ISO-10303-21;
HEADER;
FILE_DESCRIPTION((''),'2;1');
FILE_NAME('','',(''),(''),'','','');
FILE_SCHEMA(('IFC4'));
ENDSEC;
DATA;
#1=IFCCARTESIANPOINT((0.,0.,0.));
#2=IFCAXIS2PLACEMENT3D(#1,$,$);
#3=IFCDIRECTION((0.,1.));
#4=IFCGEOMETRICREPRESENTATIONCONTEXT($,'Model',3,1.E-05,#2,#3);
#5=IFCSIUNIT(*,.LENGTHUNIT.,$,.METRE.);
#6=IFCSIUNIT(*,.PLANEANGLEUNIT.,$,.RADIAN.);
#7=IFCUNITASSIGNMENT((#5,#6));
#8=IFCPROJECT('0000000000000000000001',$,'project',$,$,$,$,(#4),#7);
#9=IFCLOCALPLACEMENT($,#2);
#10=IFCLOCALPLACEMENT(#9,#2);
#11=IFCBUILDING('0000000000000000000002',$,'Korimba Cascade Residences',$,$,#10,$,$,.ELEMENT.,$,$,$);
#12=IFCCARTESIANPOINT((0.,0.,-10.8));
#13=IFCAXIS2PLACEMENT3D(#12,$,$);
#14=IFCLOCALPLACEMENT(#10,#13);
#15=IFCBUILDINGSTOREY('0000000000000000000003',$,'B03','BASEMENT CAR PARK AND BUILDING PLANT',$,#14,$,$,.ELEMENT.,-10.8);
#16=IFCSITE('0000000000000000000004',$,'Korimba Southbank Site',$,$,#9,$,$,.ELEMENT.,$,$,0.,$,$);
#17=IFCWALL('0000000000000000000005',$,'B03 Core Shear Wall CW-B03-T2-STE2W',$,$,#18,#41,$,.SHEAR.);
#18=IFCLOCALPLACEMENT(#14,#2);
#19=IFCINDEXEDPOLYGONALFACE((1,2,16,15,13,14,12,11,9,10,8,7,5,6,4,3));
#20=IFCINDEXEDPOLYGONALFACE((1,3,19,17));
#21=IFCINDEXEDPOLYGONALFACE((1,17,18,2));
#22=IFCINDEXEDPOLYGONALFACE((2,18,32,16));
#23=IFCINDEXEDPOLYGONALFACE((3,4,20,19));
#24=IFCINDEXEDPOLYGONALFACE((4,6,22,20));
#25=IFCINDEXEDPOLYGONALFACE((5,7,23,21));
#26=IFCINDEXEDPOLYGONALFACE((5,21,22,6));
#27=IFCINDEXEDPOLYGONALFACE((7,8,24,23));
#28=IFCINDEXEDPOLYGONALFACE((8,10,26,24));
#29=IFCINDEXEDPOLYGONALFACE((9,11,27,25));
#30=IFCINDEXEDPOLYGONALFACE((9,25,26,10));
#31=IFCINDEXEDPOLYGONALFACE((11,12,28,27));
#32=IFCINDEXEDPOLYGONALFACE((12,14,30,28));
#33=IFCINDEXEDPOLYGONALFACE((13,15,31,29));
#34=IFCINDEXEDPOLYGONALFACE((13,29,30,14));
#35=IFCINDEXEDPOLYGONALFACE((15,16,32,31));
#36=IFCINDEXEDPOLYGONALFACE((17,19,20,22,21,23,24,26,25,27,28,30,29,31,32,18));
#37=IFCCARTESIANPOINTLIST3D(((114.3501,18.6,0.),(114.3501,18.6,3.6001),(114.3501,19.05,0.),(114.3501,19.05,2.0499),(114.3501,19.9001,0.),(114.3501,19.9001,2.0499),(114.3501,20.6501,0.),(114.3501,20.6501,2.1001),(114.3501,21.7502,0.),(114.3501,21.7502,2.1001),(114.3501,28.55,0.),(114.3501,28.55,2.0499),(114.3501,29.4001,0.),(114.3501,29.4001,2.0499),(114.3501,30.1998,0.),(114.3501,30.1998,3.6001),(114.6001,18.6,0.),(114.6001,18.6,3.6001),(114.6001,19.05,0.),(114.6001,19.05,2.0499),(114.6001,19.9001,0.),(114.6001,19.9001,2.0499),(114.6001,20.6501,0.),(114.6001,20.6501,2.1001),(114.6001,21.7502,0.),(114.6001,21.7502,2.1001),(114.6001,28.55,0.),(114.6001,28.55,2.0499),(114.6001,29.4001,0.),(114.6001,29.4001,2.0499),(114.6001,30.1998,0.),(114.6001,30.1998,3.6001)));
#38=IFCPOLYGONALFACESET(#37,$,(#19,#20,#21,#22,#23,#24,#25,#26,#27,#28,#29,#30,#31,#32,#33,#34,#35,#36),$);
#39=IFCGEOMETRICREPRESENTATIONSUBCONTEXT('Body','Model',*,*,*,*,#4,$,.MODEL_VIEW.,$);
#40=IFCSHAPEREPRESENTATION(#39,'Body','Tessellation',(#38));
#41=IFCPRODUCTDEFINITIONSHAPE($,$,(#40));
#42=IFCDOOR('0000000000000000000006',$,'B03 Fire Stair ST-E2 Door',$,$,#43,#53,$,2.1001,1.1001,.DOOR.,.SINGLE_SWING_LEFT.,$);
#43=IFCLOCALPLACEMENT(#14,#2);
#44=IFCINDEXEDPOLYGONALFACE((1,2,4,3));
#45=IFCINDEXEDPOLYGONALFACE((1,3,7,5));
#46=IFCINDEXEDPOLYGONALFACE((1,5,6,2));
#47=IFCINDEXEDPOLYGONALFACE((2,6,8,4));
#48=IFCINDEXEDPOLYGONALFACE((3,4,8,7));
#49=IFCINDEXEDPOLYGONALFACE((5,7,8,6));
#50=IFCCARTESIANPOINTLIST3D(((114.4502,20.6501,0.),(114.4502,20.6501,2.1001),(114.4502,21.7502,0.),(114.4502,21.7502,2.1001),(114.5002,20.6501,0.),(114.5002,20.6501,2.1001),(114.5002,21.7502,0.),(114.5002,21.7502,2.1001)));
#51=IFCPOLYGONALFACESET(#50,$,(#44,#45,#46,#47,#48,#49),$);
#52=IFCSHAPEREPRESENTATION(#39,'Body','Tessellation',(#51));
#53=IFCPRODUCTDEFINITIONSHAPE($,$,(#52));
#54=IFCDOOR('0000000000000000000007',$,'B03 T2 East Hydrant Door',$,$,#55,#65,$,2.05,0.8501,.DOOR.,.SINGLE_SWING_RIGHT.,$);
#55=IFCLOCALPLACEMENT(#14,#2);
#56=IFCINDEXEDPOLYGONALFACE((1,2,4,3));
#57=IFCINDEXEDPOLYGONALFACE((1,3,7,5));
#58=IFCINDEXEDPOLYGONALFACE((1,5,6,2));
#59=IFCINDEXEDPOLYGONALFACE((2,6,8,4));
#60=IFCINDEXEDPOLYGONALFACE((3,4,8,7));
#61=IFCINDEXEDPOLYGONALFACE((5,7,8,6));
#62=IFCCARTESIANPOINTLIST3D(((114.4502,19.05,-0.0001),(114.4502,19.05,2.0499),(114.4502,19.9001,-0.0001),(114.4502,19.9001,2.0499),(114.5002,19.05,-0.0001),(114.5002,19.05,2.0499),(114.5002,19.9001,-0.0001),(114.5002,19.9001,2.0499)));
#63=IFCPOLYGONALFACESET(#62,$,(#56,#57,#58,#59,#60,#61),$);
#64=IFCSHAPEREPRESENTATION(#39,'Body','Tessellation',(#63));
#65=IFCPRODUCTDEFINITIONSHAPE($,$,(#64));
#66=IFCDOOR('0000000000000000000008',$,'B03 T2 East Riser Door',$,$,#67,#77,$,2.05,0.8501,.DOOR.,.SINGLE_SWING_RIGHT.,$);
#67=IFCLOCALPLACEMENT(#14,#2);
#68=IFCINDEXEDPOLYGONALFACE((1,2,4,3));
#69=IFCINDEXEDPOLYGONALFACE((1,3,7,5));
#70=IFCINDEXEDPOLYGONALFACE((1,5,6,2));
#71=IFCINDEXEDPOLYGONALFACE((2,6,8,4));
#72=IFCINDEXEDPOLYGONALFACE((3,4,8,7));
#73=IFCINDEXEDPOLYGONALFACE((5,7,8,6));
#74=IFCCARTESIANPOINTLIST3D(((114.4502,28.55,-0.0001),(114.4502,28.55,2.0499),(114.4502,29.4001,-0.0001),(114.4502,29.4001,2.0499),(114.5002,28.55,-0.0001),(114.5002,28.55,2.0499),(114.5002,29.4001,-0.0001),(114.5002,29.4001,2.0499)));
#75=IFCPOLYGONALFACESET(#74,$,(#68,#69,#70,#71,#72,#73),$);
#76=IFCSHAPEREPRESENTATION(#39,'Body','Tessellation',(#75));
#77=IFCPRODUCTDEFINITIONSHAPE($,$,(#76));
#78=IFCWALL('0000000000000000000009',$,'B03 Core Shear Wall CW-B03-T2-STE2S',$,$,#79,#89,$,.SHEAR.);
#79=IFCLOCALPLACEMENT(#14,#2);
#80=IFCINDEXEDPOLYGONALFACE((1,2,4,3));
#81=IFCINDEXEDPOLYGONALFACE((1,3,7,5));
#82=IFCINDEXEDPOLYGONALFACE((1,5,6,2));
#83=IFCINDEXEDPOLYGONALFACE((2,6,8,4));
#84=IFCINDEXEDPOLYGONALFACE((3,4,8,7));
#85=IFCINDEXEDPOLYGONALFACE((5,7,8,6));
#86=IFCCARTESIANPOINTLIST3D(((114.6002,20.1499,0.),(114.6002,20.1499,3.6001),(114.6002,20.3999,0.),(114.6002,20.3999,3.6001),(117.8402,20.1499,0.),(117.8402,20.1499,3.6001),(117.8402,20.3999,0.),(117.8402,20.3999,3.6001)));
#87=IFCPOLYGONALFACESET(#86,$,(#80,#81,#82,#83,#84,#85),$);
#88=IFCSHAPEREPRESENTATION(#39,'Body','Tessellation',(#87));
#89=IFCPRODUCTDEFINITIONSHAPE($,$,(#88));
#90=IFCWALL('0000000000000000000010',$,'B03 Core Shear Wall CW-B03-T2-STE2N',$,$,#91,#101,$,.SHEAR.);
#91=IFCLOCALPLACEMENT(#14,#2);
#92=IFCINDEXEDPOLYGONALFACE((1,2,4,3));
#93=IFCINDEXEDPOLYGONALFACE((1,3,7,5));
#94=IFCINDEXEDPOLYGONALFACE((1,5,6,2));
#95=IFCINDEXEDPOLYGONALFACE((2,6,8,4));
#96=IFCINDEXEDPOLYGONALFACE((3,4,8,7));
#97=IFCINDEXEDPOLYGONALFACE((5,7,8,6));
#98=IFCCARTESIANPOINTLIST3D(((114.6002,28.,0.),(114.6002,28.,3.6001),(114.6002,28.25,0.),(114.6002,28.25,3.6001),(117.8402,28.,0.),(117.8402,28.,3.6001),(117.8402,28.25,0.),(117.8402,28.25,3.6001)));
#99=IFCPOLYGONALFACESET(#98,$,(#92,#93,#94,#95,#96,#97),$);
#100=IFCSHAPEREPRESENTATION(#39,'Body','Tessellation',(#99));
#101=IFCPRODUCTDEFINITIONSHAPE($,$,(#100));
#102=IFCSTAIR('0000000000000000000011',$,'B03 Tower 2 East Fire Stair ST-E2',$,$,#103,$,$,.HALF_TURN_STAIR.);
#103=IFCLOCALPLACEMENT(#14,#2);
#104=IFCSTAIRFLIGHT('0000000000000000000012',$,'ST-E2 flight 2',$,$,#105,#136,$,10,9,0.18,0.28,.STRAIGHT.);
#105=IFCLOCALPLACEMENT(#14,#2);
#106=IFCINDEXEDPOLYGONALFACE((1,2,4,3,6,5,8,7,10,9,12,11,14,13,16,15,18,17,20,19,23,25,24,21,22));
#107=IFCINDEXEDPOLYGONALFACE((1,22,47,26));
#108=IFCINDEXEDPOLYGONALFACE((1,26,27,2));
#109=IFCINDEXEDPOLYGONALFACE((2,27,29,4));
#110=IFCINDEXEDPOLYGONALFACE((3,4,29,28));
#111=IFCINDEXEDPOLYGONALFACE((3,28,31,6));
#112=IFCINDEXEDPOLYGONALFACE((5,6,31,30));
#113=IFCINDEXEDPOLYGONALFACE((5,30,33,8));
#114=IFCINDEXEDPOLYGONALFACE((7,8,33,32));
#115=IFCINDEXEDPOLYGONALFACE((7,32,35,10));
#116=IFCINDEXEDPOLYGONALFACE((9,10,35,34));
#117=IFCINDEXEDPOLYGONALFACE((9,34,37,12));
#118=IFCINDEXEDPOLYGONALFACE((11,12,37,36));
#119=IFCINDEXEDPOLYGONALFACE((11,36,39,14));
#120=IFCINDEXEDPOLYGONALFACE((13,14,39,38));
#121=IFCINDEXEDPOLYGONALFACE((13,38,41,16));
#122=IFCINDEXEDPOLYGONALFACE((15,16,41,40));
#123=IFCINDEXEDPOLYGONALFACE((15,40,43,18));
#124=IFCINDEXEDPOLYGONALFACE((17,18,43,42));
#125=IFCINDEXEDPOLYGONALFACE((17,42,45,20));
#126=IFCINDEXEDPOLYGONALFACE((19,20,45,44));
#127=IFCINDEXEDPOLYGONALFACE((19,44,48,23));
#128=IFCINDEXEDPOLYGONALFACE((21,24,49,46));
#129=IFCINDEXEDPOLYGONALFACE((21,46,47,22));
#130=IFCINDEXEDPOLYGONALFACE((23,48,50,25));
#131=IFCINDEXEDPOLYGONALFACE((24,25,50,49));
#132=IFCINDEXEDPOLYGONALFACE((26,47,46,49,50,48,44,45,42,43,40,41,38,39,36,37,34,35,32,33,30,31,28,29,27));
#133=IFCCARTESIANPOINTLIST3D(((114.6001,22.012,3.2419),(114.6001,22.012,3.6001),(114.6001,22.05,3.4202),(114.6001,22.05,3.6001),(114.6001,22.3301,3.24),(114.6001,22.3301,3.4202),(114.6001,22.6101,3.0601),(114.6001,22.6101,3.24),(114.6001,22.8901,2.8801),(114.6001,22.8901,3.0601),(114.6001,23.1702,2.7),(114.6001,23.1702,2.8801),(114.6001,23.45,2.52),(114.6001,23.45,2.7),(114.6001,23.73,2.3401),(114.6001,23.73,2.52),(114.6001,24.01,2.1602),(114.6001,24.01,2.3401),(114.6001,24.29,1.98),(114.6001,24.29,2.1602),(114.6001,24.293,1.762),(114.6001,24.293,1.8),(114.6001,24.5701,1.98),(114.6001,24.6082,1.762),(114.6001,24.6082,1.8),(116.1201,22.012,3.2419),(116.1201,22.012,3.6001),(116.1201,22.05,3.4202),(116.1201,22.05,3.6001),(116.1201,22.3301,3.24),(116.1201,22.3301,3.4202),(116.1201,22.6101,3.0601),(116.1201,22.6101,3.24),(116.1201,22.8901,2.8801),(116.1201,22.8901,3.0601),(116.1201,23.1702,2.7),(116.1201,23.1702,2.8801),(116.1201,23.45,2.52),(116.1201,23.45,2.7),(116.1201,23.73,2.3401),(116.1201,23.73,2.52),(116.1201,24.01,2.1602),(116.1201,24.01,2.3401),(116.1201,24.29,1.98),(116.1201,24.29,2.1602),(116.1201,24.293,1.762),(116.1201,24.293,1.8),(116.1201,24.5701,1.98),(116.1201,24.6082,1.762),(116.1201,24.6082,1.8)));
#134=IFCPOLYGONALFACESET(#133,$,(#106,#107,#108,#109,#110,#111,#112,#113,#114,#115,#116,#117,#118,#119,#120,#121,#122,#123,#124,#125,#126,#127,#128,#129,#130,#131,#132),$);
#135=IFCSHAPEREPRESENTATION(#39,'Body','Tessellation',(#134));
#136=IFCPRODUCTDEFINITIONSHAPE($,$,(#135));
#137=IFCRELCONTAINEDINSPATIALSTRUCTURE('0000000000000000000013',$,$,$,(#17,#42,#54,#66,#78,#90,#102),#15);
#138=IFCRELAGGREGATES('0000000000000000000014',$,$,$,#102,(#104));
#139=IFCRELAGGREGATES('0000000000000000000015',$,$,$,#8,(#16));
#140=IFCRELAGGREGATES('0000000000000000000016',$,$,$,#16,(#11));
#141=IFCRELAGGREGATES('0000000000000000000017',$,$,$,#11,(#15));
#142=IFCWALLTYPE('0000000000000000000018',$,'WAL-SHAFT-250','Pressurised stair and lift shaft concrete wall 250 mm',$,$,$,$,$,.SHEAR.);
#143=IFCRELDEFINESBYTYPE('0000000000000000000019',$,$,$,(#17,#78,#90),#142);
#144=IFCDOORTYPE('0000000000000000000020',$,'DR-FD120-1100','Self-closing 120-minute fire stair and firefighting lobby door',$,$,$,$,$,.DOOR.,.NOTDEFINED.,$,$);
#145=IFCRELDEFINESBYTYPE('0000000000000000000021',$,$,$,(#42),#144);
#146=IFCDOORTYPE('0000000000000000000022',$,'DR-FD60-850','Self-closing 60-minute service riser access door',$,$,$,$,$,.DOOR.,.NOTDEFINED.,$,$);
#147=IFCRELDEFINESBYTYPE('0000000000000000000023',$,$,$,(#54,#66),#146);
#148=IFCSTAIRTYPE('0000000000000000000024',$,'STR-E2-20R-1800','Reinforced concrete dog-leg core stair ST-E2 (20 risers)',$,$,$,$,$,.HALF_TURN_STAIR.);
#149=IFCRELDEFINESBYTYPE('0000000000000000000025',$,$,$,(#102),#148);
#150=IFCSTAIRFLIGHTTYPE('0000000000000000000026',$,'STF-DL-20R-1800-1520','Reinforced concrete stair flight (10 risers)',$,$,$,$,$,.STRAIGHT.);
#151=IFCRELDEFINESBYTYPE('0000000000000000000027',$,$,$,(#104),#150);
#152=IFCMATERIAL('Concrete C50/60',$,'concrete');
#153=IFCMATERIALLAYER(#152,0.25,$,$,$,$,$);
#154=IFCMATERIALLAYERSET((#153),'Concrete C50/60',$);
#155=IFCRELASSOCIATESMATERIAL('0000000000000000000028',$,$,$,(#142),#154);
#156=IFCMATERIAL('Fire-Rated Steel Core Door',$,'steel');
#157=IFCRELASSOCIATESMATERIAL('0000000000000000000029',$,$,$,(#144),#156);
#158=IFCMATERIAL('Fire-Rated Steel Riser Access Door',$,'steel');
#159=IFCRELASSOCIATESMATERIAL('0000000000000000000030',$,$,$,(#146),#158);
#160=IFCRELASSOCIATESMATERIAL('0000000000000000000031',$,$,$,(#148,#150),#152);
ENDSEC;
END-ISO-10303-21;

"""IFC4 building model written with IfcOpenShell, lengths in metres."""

from ifc_helpers import new_model, si_unit, direction, frame, frame_2d, origin, place, context, subcontext, project, spatial, polyline, rectangle, outline, extrude, material, layer, layer_set, type_object, element, fill, aggregate, save


model = new_model("IFC4")

# Units and contexts
model_context = context("Model", 3, precision=1e-05, world=origin(), true_north=direction((0.0, 1.0)))
body_context = subcontext(model_context, "Body", "Model", "MODEL_VIEW")
ifc_project = project(units=[si_unit("LENGTHUNIT", "METRE"), si_unit("PLANEANGLEUNIT", "RADIAN")], contexts=[model_context])

# Site, building, storey
site_placement = place(None, origin())
site = spatial("IfcSite", under=ifc_project, at=site_placement, Name="Korimba Southbank Site", CompositionType="ELEMENT", RefElevation=0.0)
building_placement = place(site_placement, origin())
building = spatial("IfcBuilding", under=site, at=building_placement, Name="Korimba Cascade Residences", CompositionType="ELEMENT")
storey_placement = place(building_placement, frame((0.0, 0.0, -10.8)))
storey = spatial("IfcBuildingStorey", under=building, at=storey_placement, Name="B03", Description="BASEMENT CAR PARK AND BUILDING PLANT", CompositionType="ELEMENT", Elevation=-10.8)

# Shared definitions
ifc_material_1 = material(Name="Concrete C50/60", Category="concrete")

# Wall, openings, doors
ifc_layer_1 = layer(ifc_material_1, 0.25)
ifc_layer_set_1 = layer_set([ifc_layer_1], Name="Concrete C50/60")
wall_type_1 = type_object("IfcWallType", Name="WAL-SHAFT-250", Description="Pressurised stair and lift shaft concrete wall 250 mm", PredefinedType="SHEAR", material=ifc_layer_set_1)
wall_1_placement = place(storey_placement, frame((114.4751, 18.6001, 0.0), z_axis=(0.0, 0.0, 1.0), x_axis=(0.0, 1.0, 0.0)))
wall_1 = element("IfcWall", 1, at=wall_1_placement, inside=storey, type_object=wall_type_1, Name="B03 Core Shear Wall CW-B03-T2-STE2W", PredefinedType="SHEAR", context=body_context, shape_type="SweptSolid", body=[
    extrude(rectangle(XDim=11.5999, YDim=0.25, at=frame_2d((5.7998, 0.0))), origin(), (0.0, 0.0, 1.0), 3.6001),
])
opening_1_placement = place(wall_1_placement, frame((0.45, 0.0, 0.0)))
opening_1 = element("IfcOpeningElement", 2, at=opening_1_placement, cuts=wall_1, PredefinedType="OPENING", context=body_context, shape_type="SweptSolid", body=[
    extrude(rectangle(XDim=0.8501, YDim=2.05, at=frame_2d((0.425, 1.0249))), frame((0.0, 0.135, 0.0), z_axis=(0.0, -1.0, 0.0), x_axis=(1.0, 0.0, 0.0)), (0.0, 0.0, 1.0), 0.27),
])
opening_2_placement = place(wall_1_placement, frame((2.05, 0.0, 0.0)))
opening_2 = element("IfcOpeningElement", 3, at=opening_2_placement, cuts=wall_1, PredefinedType="OPENING", context=body_context, shape_type="SweptSolid", body=[
    extrude(rectangle(XDim=1.1001, YDim=2.1001, at=frame_2d((0.55, 1.05))), frame((0.0, 0.135, 0.0), z_axis=(0.0, -1.0, 0.0), x_axis=(1.0, 0.0, 0.0)), (0.0, 0.0, 1.0), 0.27),
])
opening_3_placement = place(wall_1_placement, frame((9.95, 0.0, 0.0)))
opening_3 = element("IfcOpeningElement", 4, at=opening_3_placement, cuts=wall_1, PredefinedType="OPENING", context=body_context, shape_type="SweptSolid", body=[
    extrude(rectangle(XDim=0.8501, YDim=2.05, at=frame_2d((0.425, 1.0249))), frame((0.0, 0.135, 0.0), z_axis=(0.0, -1.0, 0.0), x_axis=(1.0, 0.0, 0.0)), (0.0, 0.0, 1.0), 0.27),
])
ifc_material_2 = material(Name="Fire-Rated Steel Core Door", Category="steel")
door_type_1 = type_object("IfcDoorType", Name="DR-FD120-1100", Description="Self-closing 120-minute fire stair and firefighting lobby door", OperationType="NOTDEFINED", PredefinedType="DOOR", material=ifc_material_2)
door_1_placement = place(opening_2_placement, origin())
door_1 = element("IfcDoor", 5, at=door_1_placement, inside=storey, type_object=door_type_1, Name="B03 Fire Stair ST-E2 Door", OperationType="SINGLE_SWING_LEFT", OverallHeight=2.1001, OverallWidth=1.1001, PredefinedType="DOOR", context=body_context, shape_type="SweptSolid", body=[
    extrude(rectangle(XDim=1.1001, YDim=2.1001, at=frame_2d((0.55, 1.05))), frame((0.0, 0.0249, 0.0), z_axis=(0.0, -1.0, 0.0), x_axis=(1.0, 0.0, 0.0)), (0.0, 0.0, 1.0), 0.05),
])
fill(opening_2, door_1)
ifc_material_3 = material(Name="Fire-Rated Steel Riser Access Door", Category="steel")
door_type_2 = type_object("IfcDoorType", Name="DR-FD60-850", Description="Self-closing 60-minute service riser access door", OperationType="NOTDEFINED", PredefinedType="DOOR", material=ifc_material_3)
door_2_placement = place(opening_1_placement, origin())
door_2 = element("IfcDoor", 6, at=door_2_placement, inside=storey, type_object=door_type_2, Name="B03 T2 East Hydrant Door", OperationType="SINGLE_SWING_RIGHT", OverallHeight=2.05, OverallWidth=0.8501, PredefinedType="DOOR", context=body_context, shape_type="SweptSolid", body=[
    extrude(rectangle(XDim=0.8501, YDim=2.05, at=frame_2d((0.425, 1.0249))), frame((0.0, 0.0249, 0.0), z_axis=(0.0, -1.0, 0.0), x_axis=(1.0, 0.0, 0.0)), (0.0, 0.0, 1.0), 0.05),
])
fill(opening_1, door_2)
door_3_placement = place(opening_3_placement, origin())
door_3 = element("IfcDoor", 7, at=door_3_placement, inside=storey, type_object=door_type_2, Name="B03 T2 East Riser Door", OperationType="SINGLE_SWING_RIGHT", OverallHeight=2.05, OverallWidth=0.8501, PredefinedType="DOOR", context=body_context, shape_type="SweptSolid", body=[
    extrude(rectangle(XDim=0.8501, YDim=2.05, at=frame_2d((0.425, 1.0249))), frame((0.0, 0.0249, 0.0), z_axis=(0.0, -1.0, 0.0), x_axis=(1.0, 0.0, 0.0)), (0.0, 0.0, 1.0), 0.05),
])
fill(opening_3, door_3)

# Walls
for number, where, z_axis, x_axis, name in (
    (8, (114.6001, 20.2749, 0.0), (0.0, 0.0, 1.0), (1.0, 0.0, 0.0), "B03 Core Shear Wall CW-B03-T2-STE2S"),
    (9, (114.6001, 28.125, 0.0), (0.0, 0.0, 1.0), (1.0, 0.0, 0.0), "B03 Core Shear Wall CW-B03-T2-STE2N"),
):
    element("IfcWall", number, at=place(storey_placement, frame(where, z_axis=z_axis, x_axis=x_axis)), inside=storey, type_object=wall_type_1, Name=name, PredefinedType="SHEAR", context=body_context, shape_type="SweptSolid", body=[
        extrude(rectangle(XDim=3.24, YDim=0.25, at=frame_2d((1.6201, 0.0))), origin(), (0.0, 0.0, 1.0), 3.6001),
    ])

# Stair, stair flight
stair_type = type_object("IfcStairType", Name="STR-E2-20R-1800", Description="Reinforced concrete dog-leg core stair ST-E2 (20 risers)", PredefinedType="HALF_TURN_STAIR", material=ifc_material_1)
stair_placement = place(storey_placement, origin())
stair = element("IfcStair", 10, at=stair_placement, inside=storey, type_object=stair_type, Name="B03 Tower 2 East Fire Stair ST-E2", PredefinedType="HALF_TURN_STAIR")
stair_flight_type = type_object("IfcStairFlightType", Name="STF-DL-20R-1800-1520", Description="Reinforced concrete stair flight (10 risers)", PredefinedType="STRAIGHT", material=ifc_material_1)
stair_flight_placement = place(storey_placement, frame((115.3601, 24.5701, 1.8), z_axis=(0.0, 0.0, 1.0), x_axis=(0.0, -1.0, 0.0)))
stair_flight = element("IfcStairFlight", 11, at=stair_flight_placement, type_object=stair_flight_type, Name="ST-E2 flight 2", NumberOfRisers=10, NumberOfTreads=9, PredefinedType="STRAIGHT", RiserHeight=0.18, TreadLength=0.28, context=body_context, shape_type="SweptSolid", body=[
    extrude(outline(polyline([(-0.0381, 0.0), (0.0, 0.1799), (0.28, 0.1799), (0.28, 0.3601), (0.5601, 0.3601), (0.5601, 0.54), (0.8401, 0.54), (0.8401, 0.72), (1.1201, 0.72), (1.1201, 0.8999), (1.3999, 0.8999), (1.3999, 1.0801), (1.6799, 1.0801), (1.6799, 1.26), (1.96, 1.26), (1.96, 1.4399), (2.24, 1.4399), (2.24, 1.6201), (2.52, 1.6201), (2.52, 1.8), (2.5581, 1.8), (2.5581, 1.4419), (0.2771, 0.0), (0.2771, -0.0381), (-0.0381, -0.0381), (-0.0381, 0.0)])), frame((0.0, 0.76, 0.0), z_axis=(0.0, -1.0, 0.0), x_axis=(1.0, 0.0, 0.0)), (0.0, 0.0, 1.0), 1.52),
])
aggregate(stair, [stair_flight])

save(model, "model.ifc")
